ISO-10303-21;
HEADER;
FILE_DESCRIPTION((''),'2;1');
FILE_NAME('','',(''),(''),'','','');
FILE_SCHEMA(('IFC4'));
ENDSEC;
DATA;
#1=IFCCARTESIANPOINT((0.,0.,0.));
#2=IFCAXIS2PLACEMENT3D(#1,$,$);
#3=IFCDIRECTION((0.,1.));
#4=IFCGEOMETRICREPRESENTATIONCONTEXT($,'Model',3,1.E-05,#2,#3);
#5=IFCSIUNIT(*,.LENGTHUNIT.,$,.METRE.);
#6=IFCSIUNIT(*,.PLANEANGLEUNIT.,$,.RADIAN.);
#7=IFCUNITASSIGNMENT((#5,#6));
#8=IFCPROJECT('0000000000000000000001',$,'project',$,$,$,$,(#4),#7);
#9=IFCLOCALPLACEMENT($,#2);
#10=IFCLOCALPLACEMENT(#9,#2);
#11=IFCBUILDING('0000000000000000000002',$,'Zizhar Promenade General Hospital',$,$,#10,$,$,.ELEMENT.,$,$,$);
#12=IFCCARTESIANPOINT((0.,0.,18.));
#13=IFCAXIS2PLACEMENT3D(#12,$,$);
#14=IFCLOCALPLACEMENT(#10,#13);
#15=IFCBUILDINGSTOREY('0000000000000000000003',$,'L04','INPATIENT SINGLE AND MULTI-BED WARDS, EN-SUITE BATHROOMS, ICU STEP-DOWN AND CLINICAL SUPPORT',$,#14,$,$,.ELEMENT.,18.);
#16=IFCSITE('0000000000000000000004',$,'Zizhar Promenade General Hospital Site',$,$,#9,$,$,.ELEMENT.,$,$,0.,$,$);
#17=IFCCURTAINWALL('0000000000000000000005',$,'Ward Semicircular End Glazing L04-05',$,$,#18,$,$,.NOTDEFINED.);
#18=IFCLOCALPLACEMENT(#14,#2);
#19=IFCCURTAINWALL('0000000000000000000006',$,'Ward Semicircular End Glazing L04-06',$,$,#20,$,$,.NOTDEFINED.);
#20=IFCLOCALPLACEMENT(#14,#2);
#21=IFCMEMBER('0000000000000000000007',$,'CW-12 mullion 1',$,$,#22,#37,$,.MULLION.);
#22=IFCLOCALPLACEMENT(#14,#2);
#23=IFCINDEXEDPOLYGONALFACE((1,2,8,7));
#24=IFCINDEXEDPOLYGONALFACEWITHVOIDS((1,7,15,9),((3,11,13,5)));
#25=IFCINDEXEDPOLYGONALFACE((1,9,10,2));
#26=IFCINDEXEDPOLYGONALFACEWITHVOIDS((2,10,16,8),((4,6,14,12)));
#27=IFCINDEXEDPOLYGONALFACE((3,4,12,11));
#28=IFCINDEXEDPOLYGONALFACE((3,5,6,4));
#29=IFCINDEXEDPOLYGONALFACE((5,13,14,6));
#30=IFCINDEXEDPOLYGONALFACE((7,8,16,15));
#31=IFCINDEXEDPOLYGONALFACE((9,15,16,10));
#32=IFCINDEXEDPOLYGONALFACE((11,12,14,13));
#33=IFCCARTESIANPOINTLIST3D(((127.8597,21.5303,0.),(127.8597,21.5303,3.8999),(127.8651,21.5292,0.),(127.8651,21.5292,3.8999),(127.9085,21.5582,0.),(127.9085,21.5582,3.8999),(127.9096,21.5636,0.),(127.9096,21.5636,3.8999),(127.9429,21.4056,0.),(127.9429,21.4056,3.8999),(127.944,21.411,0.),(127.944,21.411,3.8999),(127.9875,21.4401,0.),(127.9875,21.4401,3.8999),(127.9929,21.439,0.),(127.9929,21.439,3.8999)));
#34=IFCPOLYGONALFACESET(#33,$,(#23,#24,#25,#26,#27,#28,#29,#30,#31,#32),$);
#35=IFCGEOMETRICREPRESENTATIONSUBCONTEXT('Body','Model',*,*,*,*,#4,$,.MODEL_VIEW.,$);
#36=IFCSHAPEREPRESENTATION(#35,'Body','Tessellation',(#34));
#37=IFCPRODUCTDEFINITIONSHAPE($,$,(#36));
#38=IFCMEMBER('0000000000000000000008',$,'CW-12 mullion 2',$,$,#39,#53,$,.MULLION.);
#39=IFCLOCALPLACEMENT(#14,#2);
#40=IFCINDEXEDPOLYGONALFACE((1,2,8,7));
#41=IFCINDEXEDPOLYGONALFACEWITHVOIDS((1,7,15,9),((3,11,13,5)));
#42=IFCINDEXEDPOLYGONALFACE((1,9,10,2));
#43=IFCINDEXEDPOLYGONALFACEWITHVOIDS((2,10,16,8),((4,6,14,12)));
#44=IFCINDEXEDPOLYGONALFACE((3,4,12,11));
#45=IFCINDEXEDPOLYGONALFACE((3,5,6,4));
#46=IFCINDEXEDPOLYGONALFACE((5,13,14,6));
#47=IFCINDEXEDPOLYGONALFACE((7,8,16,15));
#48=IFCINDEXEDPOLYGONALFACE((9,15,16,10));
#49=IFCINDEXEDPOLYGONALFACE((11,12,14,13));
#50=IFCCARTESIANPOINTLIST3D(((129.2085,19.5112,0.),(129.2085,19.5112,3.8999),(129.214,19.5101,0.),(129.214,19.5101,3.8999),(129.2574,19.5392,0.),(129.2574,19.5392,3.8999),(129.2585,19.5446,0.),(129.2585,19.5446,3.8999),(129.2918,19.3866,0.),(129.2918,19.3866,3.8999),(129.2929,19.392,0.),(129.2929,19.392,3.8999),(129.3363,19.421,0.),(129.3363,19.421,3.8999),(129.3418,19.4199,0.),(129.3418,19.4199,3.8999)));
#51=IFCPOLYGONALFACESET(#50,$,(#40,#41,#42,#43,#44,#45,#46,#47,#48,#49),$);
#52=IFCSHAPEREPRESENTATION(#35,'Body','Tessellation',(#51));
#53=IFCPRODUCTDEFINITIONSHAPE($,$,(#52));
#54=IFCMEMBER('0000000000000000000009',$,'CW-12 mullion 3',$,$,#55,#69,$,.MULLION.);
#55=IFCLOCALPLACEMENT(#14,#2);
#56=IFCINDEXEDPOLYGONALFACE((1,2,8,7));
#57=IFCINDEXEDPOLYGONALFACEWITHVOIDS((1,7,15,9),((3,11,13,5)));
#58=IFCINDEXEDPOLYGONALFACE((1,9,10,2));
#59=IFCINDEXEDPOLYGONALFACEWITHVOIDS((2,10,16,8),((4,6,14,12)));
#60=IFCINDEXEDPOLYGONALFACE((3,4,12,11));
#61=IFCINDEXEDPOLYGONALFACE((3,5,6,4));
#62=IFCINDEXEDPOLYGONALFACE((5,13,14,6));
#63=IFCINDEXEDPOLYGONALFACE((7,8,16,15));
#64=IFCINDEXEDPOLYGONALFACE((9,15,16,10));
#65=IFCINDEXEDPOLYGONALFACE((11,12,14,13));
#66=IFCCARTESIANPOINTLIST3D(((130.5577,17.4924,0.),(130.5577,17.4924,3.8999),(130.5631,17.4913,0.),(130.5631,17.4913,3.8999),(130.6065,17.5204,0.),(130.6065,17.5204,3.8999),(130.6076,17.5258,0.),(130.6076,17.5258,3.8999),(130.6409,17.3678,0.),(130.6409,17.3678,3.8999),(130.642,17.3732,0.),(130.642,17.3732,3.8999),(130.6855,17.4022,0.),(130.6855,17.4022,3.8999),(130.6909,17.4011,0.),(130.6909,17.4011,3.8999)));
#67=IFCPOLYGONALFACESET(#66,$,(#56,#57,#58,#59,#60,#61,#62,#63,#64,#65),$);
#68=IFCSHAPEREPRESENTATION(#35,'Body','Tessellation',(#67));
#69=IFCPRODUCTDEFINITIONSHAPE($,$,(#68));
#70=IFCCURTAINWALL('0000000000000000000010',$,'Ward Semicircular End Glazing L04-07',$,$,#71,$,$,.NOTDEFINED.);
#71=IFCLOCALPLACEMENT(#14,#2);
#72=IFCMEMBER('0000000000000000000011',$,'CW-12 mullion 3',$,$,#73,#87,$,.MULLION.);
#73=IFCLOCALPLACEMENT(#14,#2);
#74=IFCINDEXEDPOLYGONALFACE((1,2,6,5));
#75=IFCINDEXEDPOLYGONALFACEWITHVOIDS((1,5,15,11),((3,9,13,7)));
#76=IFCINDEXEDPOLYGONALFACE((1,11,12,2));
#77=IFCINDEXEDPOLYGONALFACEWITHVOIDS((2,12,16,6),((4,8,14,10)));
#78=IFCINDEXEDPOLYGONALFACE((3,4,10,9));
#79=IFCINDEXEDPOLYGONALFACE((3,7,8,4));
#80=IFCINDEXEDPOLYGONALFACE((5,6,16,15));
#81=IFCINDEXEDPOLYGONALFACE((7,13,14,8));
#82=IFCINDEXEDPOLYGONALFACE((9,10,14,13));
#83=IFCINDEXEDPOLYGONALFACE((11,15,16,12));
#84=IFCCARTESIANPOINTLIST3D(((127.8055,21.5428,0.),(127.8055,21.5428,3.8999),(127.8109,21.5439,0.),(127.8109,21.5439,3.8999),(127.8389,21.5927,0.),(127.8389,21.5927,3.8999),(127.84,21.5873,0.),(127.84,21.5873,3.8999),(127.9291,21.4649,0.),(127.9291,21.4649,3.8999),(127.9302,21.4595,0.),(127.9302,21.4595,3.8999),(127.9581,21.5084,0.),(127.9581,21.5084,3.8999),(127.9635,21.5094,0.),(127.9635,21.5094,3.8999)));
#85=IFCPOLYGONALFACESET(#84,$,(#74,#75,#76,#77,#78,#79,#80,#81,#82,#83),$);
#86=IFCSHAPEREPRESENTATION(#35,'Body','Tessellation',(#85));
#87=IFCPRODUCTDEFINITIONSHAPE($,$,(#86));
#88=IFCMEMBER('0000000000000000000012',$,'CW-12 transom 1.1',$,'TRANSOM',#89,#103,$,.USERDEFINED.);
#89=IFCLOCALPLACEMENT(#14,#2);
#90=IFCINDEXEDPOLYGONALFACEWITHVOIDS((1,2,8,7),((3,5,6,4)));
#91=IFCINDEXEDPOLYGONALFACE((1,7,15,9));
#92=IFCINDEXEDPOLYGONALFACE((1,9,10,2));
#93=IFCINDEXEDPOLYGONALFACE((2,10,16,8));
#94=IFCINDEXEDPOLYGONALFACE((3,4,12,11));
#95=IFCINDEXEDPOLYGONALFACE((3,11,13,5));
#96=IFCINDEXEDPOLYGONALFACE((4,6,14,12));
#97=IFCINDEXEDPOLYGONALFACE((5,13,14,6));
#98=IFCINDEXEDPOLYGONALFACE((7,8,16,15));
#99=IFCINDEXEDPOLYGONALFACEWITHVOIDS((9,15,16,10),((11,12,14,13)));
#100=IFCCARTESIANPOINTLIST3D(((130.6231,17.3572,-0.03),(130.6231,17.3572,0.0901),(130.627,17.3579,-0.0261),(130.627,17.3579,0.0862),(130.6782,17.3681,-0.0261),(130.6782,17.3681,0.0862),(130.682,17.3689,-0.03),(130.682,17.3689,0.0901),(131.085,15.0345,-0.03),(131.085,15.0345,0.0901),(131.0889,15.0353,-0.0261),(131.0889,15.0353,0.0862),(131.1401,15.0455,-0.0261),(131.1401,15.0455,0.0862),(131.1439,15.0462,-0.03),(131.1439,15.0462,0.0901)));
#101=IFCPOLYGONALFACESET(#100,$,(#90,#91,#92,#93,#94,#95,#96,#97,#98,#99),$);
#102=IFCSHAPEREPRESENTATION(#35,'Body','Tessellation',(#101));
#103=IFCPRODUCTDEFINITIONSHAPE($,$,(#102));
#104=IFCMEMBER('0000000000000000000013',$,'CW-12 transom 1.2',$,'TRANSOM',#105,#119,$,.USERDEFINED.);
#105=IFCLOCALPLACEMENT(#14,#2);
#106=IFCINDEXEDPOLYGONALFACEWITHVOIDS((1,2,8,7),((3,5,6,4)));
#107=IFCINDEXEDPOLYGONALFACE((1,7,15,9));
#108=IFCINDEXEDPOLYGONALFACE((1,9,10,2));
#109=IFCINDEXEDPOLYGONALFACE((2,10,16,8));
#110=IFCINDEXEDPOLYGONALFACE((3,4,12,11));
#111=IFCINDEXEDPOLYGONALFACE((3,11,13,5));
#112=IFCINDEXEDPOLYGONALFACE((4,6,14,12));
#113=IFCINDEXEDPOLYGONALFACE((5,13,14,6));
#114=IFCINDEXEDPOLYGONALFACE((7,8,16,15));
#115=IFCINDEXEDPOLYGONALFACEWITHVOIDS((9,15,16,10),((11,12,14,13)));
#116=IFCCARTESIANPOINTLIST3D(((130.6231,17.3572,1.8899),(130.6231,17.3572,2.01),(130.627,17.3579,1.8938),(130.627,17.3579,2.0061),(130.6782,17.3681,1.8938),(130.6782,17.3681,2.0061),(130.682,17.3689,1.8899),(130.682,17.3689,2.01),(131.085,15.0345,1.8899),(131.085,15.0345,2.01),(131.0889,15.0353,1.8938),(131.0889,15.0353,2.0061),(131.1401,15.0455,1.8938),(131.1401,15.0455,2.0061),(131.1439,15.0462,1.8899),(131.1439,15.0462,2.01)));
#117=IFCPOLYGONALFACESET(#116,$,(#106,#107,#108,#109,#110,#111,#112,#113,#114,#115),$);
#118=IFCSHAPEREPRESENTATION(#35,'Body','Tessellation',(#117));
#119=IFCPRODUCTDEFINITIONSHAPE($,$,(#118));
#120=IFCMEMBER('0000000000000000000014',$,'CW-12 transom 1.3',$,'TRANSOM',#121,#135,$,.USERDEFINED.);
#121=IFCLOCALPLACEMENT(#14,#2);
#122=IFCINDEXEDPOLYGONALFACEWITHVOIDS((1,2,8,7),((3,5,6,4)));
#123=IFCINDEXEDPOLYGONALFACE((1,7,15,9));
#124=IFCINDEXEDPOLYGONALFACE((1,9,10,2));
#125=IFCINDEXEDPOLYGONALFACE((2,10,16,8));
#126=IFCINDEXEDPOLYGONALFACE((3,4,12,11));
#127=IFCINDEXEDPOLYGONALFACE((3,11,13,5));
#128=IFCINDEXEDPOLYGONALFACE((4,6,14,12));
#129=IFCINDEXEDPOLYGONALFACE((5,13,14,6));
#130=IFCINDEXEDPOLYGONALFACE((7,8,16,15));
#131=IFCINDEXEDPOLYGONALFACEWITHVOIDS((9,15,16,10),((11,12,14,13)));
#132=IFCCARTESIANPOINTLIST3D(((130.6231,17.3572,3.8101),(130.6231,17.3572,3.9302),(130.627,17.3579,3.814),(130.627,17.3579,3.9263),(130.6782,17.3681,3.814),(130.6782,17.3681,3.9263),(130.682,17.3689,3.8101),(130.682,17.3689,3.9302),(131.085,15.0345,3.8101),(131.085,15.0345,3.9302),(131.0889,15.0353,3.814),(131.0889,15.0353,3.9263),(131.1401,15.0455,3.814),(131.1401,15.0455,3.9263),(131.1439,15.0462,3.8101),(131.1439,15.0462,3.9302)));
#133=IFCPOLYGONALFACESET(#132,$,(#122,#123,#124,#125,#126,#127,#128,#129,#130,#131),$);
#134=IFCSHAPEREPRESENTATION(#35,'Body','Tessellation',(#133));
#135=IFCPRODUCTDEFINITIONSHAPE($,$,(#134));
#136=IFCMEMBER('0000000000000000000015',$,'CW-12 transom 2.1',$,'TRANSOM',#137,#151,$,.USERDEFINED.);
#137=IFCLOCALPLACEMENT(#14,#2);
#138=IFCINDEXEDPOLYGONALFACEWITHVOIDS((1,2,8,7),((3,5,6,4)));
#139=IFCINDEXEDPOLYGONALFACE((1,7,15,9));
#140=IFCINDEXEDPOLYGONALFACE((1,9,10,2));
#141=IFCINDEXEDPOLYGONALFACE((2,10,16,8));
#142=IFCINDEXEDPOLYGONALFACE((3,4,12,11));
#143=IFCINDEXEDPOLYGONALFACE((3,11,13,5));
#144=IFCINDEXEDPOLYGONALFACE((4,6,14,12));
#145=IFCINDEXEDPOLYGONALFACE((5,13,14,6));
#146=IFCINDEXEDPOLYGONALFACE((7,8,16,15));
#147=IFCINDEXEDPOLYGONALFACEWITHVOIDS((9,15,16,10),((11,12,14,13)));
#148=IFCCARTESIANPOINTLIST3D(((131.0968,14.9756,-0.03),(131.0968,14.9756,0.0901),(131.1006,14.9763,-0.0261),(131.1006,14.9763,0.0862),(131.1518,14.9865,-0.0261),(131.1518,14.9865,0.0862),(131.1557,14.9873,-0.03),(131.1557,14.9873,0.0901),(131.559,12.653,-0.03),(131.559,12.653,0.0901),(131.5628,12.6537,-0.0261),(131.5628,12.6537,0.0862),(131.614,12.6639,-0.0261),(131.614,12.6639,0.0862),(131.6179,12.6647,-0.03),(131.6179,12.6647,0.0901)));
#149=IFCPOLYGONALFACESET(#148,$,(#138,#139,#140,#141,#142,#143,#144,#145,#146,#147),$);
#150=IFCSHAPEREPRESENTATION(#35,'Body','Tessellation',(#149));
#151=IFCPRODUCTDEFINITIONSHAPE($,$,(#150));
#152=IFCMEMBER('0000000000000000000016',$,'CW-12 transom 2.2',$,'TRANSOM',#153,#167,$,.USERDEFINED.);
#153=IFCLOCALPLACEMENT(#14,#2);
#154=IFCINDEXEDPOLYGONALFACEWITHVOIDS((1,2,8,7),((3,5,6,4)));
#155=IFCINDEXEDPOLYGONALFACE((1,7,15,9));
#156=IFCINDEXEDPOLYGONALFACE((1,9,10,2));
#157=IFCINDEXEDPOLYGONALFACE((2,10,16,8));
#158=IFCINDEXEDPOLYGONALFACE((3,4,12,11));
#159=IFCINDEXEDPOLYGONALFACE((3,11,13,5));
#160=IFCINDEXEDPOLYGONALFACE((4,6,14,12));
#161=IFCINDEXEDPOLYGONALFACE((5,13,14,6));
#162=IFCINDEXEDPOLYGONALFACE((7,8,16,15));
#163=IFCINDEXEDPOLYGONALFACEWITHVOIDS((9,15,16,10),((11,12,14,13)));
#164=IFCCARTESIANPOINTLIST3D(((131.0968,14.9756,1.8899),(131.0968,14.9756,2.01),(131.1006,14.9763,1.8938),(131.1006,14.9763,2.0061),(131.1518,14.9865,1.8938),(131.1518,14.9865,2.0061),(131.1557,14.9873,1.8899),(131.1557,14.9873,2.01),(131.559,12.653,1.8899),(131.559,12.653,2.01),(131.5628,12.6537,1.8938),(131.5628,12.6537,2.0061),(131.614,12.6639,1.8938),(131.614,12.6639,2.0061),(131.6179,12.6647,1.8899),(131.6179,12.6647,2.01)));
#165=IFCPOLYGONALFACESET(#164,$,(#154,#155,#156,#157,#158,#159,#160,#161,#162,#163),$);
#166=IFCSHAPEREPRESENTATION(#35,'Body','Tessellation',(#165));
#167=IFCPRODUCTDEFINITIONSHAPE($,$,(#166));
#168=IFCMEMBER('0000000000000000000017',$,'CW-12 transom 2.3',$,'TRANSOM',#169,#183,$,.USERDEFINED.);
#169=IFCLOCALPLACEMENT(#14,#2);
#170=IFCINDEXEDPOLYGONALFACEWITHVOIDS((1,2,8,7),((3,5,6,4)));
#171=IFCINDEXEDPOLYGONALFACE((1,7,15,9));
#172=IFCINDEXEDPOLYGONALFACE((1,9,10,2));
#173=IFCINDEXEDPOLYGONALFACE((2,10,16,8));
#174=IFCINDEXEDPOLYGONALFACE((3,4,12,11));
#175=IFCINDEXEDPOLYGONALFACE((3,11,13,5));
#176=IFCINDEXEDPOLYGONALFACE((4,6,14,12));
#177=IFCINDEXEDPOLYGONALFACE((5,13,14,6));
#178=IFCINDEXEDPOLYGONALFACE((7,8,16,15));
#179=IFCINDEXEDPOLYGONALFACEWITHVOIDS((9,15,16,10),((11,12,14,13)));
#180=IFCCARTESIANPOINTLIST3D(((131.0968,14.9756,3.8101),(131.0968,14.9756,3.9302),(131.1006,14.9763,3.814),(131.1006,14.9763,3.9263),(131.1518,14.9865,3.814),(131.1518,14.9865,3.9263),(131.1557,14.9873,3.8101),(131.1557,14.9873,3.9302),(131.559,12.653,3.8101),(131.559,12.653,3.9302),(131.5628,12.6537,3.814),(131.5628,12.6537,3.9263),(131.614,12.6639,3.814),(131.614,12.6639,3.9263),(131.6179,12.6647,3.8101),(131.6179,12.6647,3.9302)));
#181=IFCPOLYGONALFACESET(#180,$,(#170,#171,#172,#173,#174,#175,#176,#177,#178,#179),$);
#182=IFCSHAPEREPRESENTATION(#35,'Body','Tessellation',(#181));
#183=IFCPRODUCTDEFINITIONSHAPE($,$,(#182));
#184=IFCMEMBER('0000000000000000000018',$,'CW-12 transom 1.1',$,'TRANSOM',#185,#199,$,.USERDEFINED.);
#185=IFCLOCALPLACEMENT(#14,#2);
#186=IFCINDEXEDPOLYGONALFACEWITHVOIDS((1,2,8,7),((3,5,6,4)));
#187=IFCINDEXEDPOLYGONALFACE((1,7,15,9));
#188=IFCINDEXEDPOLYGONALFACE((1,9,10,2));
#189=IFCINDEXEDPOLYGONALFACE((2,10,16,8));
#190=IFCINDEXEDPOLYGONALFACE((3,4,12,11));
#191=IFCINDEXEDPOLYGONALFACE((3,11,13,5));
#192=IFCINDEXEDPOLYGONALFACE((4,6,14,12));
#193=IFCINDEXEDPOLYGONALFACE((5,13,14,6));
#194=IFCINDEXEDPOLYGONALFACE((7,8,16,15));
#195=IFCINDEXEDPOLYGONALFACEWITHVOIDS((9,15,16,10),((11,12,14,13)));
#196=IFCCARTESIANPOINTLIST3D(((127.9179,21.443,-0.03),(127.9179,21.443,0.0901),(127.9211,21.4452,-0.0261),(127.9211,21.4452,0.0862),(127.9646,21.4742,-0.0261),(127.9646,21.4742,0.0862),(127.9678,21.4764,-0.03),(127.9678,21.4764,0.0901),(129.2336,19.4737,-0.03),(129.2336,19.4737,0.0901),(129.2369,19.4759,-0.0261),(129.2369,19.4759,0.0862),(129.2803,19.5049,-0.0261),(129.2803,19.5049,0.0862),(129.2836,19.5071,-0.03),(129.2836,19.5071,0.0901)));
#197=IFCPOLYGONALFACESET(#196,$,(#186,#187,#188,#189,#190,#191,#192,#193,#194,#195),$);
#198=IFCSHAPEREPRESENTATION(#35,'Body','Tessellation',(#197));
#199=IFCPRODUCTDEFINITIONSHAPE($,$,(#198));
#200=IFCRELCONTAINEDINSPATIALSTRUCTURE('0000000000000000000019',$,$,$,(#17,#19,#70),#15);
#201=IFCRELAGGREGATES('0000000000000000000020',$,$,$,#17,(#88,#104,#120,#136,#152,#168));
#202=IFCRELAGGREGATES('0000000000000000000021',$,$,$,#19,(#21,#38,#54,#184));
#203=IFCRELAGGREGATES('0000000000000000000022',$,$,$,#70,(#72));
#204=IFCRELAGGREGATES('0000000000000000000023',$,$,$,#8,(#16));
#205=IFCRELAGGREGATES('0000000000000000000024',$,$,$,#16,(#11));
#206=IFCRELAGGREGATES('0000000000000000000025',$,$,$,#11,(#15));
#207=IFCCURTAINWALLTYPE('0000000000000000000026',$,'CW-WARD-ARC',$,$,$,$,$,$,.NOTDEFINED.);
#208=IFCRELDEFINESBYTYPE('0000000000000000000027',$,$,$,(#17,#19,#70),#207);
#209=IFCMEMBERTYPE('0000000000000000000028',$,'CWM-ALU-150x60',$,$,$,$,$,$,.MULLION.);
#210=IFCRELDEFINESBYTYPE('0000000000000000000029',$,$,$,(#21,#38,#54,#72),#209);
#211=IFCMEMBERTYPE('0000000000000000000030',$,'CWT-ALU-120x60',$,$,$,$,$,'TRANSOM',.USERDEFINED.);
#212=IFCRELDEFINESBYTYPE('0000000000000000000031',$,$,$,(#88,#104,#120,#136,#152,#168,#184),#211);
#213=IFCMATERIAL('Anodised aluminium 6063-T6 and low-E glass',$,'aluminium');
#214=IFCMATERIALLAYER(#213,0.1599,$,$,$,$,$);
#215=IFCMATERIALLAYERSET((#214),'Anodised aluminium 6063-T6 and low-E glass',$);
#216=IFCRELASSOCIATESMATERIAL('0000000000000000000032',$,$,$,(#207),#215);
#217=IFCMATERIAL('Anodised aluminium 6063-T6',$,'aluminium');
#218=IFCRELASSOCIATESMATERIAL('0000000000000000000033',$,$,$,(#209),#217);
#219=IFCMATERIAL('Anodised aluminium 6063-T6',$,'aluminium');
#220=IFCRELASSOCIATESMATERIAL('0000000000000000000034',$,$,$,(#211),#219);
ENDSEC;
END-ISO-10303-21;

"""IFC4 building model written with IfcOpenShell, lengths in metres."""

from ifc_helpers import new_model, si_unit, direction, frame, origin, origin_2d, place, context, subcontext, project, spatial, hollow_rectangle, extrude, material, layer, layer_set, material_profile, profile_set, type_object, element, aggregate, save


model = new_model("IFC4")

# Units and contexts
model_context = context("Model", 3, precision=1e-05, world=origin(), true_north=direction((0.0, 1.0)))
body_context = subcontext(model_context, "Body", "Model", "MODEL_VIEW")
ifc_project = project(units=[si_unit("LENGTHUNIT", "METRE"), si_unit("PLANEANGLEUNIT", "RADIAN")], contexts=[model_context])

# Site, building, storey
site_placement = place(None, origin())
site = spatial("IfcSite", under=ifc_project, at=site_placement, Name="Zizhar Promenade General Hospital Site", CompositionType="ELEMENT", RefElevation=0.0)
building_placement = place(site_placement, origin())
building = spatial("IfcBuilding", under=site, at=building_placement, Name="Zizhar Promenade General Hospital", CompositionType="ELEMENT")
storey_placement = place(building_placement, frame((0.0, 0.0, 18.0)))
storey = spatial("IfcBuildingStorey", under=building, at=storey_placement, Name="L04", Description="INPATIENT SINGLE AND MULTI-BED WARDS, EN-SUITE BATHROOMS, ICU STEP-DOWN AND CLINICAL SUPPORT", CompositionType="ELEMENT", Elevation=18.0)

# Shared definitions
ifc_material_1 = material(Name="Anodised aluminium 6063-T6 and low-E glass", Category="aluminium")
ifc_layer_1 = layer(ifc_material_1, 0.1599)
ifc_layer_set_1 = layer_set([ifc_layer_1], Name="Anodised aluminium 6063-T6 and low-E glass")
curtain_wall_type = type_object("IfcCurtainWallType", Name="CW-WARD-ARC", PredefinedType="NOTDEFINED", material=ifc_layer_set_1)
ifc_material_2 = material(Name="Anodised aluminium 6063-T6", Category="aluminium")
ifc_material_profile_1 = material_profile(ifc_material_2, hollow_rectangle(XDim=0.0601, YDim=0.1499, WallThickness=0.0039, at=origin_2d()))
ifc_profile_set_1 = profile_set([ifc_material_profile_1], Name="Anodised aluminium 6063-T6")
member_type_1 = type_object("IfcMemberType", Name="CWM-ALU-150x60", PredefinedType="MULLION", material=ifc_profile_set_1)

# Curtain walls, members
curtain_wall_1_placement = place(storey_placement, origin())
curtain_wall_1 = element("IfcCurtainWall", 1, at=curtain_wall_1_placement, inside=storey, type_object=curtain_wall_type, Name="Ward Semicircular End Glazing L04-05", PredefinedType="NOTDEFINED")
curtain_wall_2_placement = place(storey_placement, origin())
curtain_wall_2 = element("IfcCurtainWall", 2, at=curtain_wall_2_placement, inside=storey, type_object=curtain_wall_type, Name="Ward Semicircular End Glazing L04-06", PredefinedType="NOTDEFINED")
member_1_placement = place(storey_placement, frame((127.9263, 21.4846, 0.0), z_axis=(0.0, 0.0, 1.0), x_axis=(0.831462, 0.555582, 0.0)))
member_1 = element("IfcMember", 3, at=member_1_placement, type_object=member_type_1, Name="CW-12 mullion 1", PredefinedType="MULLION", context=body_context, shape_type="SweptSolid", body=[
    extrude(hollow_rectangle(XDim=0.0601, YDim=0.1499, WallThickness=0.0039, at=origin_2d()), origin(), (0.0, 0.0, 1.0), 3.8999),
])
member_2_placement = place(storey_placement, frame((129.2751, 19.4656, 0.0), z_axis=(0.0, 0.0, 1.0), x_axis=(0.831462, 0.555582, 0.0)))
member_2 = element("IfcMember", 4, at=member_2_placement, type_object=member_type_1, Name="CW-12 mullion 2", PredefinedType="MULLION", context=body_context, shape_type="SweptSolid", body=[
    extrude(hollow_rectangle(XDim=0.0601, YDim=0.1499, WallThickness=0.0039, at=origin_2d()), origin(), (0.0, 0.0, 1.0), 3.8999),
])
member_3_placement = place(storey_placement, frame((130.6243, 17.4468, 0.0), z_axis=(0.0, 0.0, 1.0), x_axis=(0.831462, 0.555582, 0.0)))
member_3 = element("IfcMember", 5, at=member_3_placement, type_object=member_type_1, Name="CW-12 mullion 3", PredefinedType="MULLION", context=body_context, shape_type="SweptSolid", body=[
    extrude(hollow_rectangle(XDim=0.0601, YDim=0.1499, WallThickness=0.0039, at=origin_2d()), origin(), (0.0, 0.0, 1.0), 3.8999),
])

# Curtain wall, member
curtain_wall_3_placement = place(storey_placement, origin())
curtain_wall_3 = element("IfcCurtainWall", 6, at=curtain_wall_3_placement, inside=storey, type_object=curtain_wall_type, Name="Ward Semicircular End Glazing L04-07", PredefinedType="NOTDEFINED")
member_4_placement = place(storey_placement, frame((127.8845, 21.5261, 0.0), z_axis=(0.0, 0.0, 1.0), x_axis=(0.555582, 0.831462, 0.0)))
member_4 = element("IfcMember", 7, at=member_4_placement, type_object=member_type_1, Name="CW-12 mullion 3", PredefinedType="MULLION", context=body_context, shape_type="SweptSolid", body=[
    extrude(hollow_rectangle(XDim=0.0601, YDim=0.1499, WallThickness=0.0039, at=origin_2d()), origin(), (0.0, 0.0, 1.0), 3.8999),
])

# Members
ifc_material_3 = material(Name="Anodised aluminium 6063-T6", Category="aluminium")
ifc_material_profile_2 = material_profile(ifc_material_3, hollow_rectangle(XDim=0.0601, YDim=0.1201, WallThickness=0.0039, at=origin_2d()))
ifc_profile_set_2 = profile_set([ifc_material_profile_2], Name="Anodised aluminium 6063-T6")
member_type_2 = type_object("IfcMemberType", Name="CWT-ALU-120x60", ElementType="TRANSOM", PredefinedType="USERDEFINED", material=ifc_profile_set_2)
member_5_placement = place(storey_placement, frame((130.6526, 17.363, 0.03), z_axis=(0.195045, -0.980794, 0.0), x_axis=(0.980794, 0.195045, 0.0)))
member_5 = element("IfcMember", 8, at=member_5_placement, type_object=member_type_2, Name="CW-12 transom 1.1", ObjectType="TRANSOM", PredefinedType="USERDEFINED", context=body_context, shape_type="SweptSolid", body=[
    extrude(hollow_rectangle(XDim=0.0601, YDim=0.1201, WallThickness=0.0039, at=origin_2d()), origin(), (0.0, 0.0, 1.0), 2.3682),
])
member_6_placement = place(storey_placement, frame((130.6526, 17.363, 1.95), z_axis=(0.195045, -0.980794, 0.0), x_axis=(0.980794, 0.195045, 0.0)))
member_6 = element("IfcMember", 9, at=member_6_placement, type_object=member_type_2, Name="CW-12 transom 1.2", ObjectType="TRANSOM", PredefinedType="USERDEFINED", context=body_context, shape_type="SweptSolid", body=[
    extrude(hollow_rectangle(XDim=0.0601, YDim=0.1201, WallThickness=0.0039, at=origin_2d()), origin(), (0.0, 0.0, 1.0), 2.3682),
])
member_7_placement = place(storey_placement, frame((130.6526, 17.363, 3.8701), z_axis=(0.195045, -0.980794, 0.0), x_axis=(0.980794, 0.195045, 0.0)))
member_7 = element("IfcMember", 10, at=member_7_placement, type_object=member_type_2, Name="CW-12 transom 1.3", ObjectType="TRANSOM", PredefinedType="USERDEFINED", context=body_context, shape_type="SweptSolid", body=[
    extrude(hollow_rectangle(XDim=0.0601, YDim=0.1201, WallThickness=0.0039, at=origin_2d()), origin(), (0.0, 0.0, 1.0), 2.3682),
])
member_8_placement = place(storey_placement, frame((131.1262, 14.9814, 0.03), z_axis=(0.195164, -0.980771, 0.0), x_axis=(0.980771, 0.195164, 0.0)))
member_8 = element("IfcMember", 11, at=member_8_placement, type_object=member_type_2, Name="CW-12 transom 2.1", ObjectType="TRANSOM", PredefinedType="USERDEFINED", context=body_context, shape_type="SweptSolid", body=[
    extrude(hollow_rectangle(XDim=0.0601, YDim=0.1201, WallThickness=0.0039, at=origin_2d()), origin(), (0.0, 0.0, 1.0), 2.3682),
])
member_9_placement = place(storey_placement, frame((131.1262, 14.9814, 1.95), z_axis=(0.195164, -0.980771, 0.0), x_axis=(0.980771, 0.195164, 0.0)))
member_9 = element("IfcMember", 12, at=member_9_placement, type_object=member_type_2, Name="CW-12 transom 2.2", ObjectType="TRANSOM", PredefinedType="USERDEFINED", context=body_context, shape_type="SweptSolid", body=[
    extrude(hollow_rectangle(XDim=0.0601, YDim=0.1201, WallThickness=0.0039, at=origin_2d()), origin(), (0.0, 0.0, 1.0), 2.3682),
])
member_10_placement = place(storey_placement, frame((131.1262, 14.9814, 3.8701), z_axis=(0.195164, -0.980771, 0.0), x_axis=(0.980771, 0.195164, 0.0)))
member_10 = element("IfcMember", 13, at=member_10_placement, type_object=member_type_2, Name="CW-12 transom 2.3", ObjectType="TRANSOM", PredefinedType="USERDEFINED", context=body_context, shape_type="SweptSolid", body=[
    extrude(hollow_rectangle(XDim=0.0601, YDim=0.1201, WallThickness=0.0039, at=origin_2d()), origin(), (0.0, 0.0, 1.0), 2.3682),
])
member_11_placement = place(storey_placement, frame((127.9429, 21.4597, 0.03), z_axis=(0.555533, -0.831495, 0.0), x_axis=(0.831495, 0.555533, 0.0)))
member_11 = element("IfcMember", 14, at=member_11_placement, type_object=member_type_2, Name="CW-12 transom 1.1", ObjectType="TRANSOM", PredefinedType="USERDEFINED", context=body_context, shape_type="SweptSolid", body=[
    extrude(hollow_rectangle(XDim=0.0601, YDim=0.1201, WallThickness=0.0039, at=origin_2d()), origin(), (0.0, 0.0, 1.0), 2.3684),
])

aggregate(curtain_wall_1, [member_5, member_6, member_7, member_8, member_9, member_10])
aggregate(curtain_wall_2, [member_1, member_2, member_3, member_11])
aggregate(curtain_wall_3, [member_4])

save(model, "model.ifc")
